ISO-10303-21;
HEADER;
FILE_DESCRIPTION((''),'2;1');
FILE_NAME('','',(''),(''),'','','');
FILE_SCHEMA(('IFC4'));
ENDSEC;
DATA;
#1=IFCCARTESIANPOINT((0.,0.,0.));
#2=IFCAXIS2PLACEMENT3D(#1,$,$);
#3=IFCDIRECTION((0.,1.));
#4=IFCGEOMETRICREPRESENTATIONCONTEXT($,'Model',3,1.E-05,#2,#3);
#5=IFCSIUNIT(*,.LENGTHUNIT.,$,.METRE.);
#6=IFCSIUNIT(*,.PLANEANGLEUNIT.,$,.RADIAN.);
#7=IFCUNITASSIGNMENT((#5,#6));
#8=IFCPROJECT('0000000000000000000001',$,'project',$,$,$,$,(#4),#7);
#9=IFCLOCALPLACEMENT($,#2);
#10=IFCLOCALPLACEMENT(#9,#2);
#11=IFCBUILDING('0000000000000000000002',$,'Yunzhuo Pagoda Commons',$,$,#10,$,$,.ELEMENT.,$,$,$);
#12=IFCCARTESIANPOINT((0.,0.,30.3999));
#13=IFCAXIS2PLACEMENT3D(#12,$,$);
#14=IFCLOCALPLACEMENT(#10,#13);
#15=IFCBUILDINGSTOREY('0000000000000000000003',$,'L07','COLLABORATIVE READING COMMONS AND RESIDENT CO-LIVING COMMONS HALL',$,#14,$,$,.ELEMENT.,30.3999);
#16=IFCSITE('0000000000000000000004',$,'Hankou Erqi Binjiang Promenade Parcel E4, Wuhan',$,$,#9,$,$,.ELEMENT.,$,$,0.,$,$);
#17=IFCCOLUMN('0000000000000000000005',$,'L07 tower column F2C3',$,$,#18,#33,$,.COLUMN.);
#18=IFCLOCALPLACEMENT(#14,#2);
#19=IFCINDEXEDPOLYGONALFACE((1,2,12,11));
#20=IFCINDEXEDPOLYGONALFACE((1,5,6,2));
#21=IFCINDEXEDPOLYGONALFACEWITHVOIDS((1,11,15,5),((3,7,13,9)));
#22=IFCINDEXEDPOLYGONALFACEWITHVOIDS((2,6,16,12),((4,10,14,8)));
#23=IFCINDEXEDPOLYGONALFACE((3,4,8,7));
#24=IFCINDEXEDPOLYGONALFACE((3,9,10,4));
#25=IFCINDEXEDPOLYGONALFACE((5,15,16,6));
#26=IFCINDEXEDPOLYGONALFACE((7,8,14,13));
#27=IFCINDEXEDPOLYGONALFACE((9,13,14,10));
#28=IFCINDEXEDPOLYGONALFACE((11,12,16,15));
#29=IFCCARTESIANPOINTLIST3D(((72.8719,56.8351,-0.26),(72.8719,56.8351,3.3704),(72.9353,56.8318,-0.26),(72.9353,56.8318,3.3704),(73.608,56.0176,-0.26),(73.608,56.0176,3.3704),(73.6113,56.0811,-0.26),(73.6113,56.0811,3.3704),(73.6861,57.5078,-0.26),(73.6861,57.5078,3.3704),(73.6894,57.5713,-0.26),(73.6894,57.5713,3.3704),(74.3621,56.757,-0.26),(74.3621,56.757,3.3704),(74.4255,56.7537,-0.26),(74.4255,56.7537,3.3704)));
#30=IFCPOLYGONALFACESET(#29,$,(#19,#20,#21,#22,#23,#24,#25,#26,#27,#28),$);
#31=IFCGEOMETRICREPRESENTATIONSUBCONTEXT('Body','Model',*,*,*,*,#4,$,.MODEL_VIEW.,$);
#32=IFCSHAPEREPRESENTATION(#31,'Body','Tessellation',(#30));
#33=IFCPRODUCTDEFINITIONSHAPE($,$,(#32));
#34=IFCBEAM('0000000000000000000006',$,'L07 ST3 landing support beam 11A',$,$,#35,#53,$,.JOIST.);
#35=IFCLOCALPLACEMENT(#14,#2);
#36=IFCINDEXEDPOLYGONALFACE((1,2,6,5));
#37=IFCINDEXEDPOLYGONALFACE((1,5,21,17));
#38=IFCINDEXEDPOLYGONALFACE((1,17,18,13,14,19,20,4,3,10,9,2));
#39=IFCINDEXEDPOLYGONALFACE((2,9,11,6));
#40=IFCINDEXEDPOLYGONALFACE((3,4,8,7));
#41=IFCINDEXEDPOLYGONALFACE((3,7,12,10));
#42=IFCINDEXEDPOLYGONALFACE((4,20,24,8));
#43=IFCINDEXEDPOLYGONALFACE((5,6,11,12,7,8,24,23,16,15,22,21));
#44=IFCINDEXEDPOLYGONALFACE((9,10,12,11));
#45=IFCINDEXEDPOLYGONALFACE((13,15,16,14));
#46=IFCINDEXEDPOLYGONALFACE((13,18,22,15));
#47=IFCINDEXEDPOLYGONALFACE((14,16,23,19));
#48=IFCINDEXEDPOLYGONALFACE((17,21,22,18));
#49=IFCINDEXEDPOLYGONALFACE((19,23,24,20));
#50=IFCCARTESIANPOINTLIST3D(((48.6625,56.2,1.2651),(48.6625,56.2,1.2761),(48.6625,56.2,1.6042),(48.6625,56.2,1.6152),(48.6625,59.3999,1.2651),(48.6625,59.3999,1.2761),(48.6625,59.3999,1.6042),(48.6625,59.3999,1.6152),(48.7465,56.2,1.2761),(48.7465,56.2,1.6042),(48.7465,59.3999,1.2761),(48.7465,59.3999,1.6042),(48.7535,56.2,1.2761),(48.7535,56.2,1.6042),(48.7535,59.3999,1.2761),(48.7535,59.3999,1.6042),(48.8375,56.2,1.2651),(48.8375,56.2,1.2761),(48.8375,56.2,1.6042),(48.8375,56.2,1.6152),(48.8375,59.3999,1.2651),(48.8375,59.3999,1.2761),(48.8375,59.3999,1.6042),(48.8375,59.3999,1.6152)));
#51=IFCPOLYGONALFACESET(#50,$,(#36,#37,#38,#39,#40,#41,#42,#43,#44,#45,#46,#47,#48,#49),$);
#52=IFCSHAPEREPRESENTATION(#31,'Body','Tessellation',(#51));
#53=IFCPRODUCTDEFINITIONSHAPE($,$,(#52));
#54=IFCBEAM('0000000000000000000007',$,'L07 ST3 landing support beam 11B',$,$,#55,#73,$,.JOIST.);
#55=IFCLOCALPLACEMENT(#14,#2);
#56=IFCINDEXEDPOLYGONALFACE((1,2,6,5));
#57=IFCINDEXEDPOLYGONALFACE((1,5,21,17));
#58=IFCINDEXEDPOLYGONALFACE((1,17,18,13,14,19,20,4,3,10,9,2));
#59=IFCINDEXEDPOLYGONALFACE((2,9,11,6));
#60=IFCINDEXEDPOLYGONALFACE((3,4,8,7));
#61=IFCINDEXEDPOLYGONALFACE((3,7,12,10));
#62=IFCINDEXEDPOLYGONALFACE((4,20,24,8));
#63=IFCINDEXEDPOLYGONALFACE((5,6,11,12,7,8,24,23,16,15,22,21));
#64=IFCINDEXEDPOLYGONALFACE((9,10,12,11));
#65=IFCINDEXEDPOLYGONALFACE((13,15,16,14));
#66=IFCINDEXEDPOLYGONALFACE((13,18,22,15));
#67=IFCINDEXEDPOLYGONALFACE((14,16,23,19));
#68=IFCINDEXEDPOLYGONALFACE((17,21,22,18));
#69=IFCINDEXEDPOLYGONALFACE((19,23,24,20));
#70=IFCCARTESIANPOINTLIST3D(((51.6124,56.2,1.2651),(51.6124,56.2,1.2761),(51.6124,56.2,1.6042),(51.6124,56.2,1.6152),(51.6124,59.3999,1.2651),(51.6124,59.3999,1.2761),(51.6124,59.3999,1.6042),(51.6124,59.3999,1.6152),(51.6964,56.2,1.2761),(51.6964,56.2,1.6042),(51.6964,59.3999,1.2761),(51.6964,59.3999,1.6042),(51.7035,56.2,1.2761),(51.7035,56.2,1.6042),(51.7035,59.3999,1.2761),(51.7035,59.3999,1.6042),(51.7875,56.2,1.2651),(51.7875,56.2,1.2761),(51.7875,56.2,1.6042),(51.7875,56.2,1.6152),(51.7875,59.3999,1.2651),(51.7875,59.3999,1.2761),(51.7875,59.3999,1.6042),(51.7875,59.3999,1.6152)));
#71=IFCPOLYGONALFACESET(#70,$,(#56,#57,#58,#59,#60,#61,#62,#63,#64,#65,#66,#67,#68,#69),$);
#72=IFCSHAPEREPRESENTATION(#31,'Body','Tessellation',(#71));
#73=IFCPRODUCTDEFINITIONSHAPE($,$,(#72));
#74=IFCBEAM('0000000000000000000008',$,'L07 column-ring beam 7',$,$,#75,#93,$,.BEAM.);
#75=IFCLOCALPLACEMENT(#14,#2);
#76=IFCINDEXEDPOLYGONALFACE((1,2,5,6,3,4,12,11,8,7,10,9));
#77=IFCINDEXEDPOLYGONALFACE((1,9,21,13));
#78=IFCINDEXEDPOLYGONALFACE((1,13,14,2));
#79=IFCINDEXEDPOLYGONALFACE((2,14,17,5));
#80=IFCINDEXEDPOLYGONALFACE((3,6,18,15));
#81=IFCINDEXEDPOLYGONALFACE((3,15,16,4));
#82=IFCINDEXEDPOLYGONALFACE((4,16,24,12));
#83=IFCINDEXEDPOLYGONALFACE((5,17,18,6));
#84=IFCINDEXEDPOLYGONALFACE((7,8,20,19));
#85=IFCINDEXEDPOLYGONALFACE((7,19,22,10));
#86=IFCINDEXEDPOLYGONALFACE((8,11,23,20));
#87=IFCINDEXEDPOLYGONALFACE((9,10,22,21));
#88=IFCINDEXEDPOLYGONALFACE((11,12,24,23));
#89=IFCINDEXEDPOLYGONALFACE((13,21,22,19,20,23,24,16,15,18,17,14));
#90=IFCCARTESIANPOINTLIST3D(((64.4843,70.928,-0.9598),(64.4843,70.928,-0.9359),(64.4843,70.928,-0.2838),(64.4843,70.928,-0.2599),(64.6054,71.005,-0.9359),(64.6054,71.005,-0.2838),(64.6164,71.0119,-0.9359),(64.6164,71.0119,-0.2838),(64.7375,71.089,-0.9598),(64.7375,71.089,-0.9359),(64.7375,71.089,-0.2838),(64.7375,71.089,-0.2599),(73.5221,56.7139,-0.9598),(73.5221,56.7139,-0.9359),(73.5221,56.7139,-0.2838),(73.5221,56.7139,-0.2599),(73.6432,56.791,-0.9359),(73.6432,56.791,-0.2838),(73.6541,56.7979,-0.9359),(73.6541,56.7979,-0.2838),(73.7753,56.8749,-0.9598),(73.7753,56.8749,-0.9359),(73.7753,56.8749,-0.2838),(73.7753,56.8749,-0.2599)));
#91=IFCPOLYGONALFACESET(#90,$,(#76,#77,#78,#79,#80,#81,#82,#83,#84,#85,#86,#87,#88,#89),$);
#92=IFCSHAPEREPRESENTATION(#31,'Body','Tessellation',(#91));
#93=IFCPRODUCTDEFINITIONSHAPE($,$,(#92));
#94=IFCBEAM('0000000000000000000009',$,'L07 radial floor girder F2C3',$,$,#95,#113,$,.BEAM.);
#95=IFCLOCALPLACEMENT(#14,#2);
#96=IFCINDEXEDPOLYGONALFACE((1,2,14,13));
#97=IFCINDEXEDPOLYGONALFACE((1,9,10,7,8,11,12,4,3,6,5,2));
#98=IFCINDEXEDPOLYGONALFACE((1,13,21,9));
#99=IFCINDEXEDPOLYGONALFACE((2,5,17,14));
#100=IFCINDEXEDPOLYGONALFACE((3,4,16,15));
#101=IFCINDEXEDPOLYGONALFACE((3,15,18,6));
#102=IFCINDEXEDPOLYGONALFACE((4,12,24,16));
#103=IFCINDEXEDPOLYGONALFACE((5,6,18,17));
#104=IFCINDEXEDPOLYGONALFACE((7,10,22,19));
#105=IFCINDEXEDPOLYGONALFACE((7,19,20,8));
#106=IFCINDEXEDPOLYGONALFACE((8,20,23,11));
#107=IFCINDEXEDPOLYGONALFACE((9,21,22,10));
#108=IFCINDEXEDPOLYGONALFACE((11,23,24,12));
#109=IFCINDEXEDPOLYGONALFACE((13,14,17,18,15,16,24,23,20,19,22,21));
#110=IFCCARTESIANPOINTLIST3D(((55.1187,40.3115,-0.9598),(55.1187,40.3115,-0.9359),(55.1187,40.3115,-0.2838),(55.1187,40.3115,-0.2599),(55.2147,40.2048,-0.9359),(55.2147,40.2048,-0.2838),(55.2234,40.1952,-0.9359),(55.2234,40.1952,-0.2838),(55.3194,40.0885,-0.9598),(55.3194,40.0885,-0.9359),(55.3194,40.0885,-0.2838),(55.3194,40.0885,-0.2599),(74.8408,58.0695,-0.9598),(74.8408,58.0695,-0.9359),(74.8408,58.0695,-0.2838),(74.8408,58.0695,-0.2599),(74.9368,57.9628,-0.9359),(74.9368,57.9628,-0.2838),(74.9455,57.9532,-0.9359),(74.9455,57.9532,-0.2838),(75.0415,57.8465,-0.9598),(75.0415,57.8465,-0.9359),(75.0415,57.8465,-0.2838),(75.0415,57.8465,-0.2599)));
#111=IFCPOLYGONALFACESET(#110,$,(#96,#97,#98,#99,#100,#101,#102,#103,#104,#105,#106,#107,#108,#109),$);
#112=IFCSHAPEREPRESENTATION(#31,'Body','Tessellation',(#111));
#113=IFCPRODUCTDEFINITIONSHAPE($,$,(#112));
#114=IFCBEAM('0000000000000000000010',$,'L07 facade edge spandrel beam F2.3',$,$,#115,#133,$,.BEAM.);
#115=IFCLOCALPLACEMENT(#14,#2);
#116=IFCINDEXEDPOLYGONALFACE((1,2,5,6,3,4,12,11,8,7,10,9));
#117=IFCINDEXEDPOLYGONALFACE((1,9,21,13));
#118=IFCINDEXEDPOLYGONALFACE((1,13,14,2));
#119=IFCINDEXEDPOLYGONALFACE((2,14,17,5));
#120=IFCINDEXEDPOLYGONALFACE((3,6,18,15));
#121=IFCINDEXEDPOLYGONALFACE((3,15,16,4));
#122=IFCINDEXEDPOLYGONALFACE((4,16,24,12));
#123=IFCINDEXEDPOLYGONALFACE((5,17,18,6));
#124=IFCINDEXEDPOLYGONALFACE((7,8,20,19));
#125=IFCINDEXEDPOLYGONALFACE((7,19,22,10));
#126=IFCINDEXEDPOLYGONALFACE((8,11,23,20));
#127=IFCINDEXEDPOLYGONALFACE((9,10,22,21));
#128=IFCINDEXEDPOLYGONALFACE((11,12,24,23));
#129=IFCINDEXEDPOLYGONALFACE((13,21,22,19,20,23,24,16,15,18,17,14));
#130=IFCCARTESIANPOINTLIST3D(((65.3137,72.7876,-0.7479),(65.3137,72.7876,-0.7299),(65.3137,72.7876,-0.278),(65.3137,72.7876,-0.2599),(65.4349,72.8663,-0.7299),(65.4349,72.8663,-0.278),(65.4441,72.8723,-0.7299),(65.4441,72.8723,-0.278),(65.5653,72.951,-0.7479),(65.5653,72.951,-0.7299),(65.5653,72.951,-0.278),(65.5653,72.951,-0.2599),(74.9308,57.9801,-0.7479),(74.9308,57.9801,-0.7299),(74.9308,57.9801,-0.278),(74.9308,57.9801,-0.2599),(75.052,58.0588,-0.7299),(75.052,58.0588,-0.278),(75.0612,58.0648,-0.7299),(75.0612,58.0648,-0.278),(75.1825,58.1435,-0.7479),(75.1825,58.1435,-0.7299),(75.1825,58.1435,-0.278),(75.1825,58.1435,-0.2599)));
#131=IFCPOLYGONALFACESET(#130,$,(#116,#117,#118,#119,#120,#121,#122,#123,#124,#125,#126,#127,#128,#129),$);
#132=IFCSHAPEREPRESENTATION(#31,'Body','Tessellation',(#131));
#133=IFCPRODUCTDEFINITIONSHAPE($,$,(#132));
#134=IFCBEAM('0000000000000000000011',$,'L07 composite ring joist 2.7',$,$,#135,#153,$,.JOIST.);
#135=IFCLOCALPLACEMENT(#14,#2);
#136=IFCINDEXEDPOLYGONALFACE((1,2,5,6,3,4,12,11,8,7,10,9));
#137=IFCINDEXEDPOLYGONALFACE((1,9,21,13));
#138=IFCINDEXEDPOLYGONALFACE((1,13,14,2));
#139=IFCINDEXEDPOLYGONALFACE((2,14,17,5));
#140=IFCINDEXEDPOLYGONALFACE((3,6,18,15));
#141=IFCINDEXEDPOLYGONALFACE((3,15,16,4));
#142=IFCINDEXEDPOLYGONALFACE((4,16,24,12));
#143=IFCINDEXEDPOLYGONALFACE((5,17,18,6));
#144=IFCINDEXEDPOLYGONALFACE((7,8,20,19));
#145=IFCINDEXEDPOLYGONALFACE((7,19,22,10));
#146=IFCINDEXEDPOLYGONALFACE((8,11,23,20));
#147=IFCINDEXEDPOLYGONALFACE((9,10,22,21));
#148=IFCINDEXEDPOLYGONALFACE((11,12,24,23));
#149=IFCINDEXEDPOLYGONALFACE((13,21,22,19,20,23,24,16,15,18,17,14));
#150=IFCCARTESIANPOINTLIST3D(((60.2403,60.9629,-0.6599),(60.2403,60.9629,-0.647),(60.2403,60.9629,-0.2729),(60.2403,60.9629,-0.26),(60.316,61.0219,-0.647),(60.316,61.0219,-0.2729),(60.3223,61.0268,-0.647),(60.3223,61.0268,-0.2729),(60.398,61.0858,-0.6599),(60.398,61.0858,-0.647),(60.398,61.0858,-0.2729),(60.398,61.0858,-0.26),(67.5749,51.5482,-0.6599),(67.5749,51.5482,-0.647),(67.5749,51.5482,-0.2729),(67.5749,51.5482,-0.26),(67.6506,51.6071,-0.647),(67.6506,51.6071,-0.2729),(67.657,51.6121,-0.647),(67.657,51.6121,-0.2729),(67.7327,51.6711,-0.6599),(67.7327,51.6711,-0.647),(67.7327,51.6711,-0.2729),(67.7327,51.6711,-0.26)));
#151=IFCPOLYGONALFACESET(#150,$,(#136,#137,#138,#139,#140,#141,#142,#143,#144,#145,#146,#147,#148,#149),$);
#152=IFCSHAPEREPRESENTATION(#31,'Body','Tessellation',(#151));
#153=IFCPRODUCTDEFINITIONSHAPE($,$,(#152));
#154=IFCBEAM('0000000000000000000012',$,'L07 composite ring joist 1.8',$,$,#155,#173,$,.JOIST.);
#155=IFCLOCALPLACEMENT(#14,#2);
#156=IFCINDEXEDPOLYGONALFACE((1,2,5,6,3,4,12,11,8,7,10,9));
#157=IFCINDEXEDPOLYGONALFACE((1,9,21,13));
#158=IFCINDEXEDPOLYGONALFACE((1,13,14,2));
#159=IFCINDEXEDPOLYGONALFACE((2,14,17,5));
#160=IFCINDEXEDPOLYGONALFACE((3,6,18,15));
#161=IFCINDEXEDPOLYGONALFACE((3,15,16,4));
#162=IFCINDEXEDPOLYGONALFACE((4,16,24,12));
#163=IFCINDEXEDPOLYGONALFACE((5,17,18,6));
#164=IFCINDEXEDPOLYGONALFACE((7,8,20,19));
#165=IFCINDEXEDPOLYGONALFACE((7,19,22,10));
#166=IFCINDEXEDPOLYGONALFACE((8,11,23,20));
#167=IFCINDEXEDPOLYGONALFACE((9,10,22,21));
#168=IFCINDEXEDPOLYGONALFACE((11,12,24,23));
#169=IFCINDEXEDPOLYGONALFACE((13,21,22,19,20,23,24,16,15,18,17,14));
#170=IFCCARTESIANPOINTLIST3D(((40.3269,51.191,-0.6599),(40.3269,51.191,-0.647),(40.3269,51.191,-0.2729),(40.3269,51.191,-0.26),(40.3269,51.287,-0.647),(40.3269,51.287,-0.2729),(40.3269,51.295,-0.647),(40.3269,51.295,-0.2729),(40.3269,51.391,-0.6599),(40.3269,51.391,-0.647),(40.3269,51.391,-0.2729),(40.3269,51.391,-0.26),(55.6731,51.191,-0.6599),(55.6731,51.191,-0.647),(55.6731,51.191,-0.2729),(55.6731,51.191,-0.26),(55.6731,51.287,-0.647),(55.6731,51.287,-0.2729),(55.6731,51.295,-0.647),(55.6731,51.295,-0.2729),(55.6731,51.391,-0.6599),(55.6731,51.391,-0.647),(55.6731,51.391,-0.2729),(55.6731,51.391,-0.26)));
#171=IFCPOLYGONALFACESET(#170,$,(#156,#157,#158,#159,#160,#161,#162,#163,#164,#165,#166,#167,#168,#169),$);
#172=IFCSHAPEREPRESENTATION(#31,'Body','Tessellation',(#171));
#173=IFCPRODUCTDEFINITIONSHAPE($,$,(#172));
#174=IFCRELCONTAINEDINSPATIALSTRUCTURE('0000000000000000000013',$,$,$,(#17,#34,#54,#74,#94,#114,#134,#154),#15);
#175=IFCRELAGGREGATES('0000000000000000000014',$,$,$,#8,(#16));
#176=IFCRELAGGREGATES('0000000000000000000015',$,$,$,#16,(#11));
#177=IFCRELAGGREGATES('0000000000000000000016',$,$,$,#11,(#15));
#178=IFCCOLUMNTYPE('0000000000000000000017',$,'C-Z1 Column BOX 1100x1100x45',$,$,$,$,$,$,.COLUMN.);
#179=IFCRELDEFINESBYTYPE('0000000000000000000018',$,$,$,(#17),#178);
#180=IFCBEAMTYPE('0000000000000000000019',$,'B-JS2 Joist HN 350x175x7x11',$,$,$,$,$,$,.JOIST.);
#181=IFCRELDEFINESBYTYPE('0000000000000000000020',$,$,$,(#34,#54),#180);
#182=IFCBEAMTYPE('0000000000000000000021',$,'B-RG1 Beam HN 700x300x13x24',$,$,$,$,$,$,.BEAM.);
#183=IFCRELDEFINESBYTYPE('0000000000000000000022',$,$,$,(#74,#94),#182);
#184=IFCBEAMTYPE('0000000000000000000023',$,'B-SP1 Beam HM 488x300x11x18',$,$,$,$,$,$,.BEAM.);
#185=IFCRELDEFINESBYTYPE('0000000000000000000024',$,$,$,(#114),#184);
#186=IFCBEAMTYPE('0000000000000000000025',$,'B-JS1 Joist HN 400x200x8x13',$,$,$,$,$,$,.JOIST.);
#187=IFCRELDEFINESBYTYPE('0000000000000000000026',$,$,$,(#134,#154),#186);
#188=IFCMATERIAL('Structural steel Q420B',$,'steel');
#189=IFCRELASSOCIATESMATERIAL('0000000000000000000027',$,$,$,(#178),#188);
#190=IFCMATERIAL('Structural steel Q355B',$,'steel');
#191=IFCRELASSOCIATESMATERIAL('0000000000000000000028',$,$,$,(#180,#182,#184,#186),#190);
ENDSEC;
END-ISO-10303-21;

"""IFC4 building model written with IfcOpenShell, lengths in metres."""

from ifc_helpers import new_model, si_unit, direction, frame, origin, origin_2d, place, context, subcontext, project, spatial, hollow_rectangle, i_section, extrude, source, transform, mapped, material, material_profile, profile_set, type_object, element, save


model = new_model("IFC4")

# Units and contexts
model_context = context("Model", 3, precision=1e-05, world=origin(), true_north=direction((0.0, 1.0)))
body_context = subcontext(model_context, "Body", "Model", "MODEL_VIEW")
ifc_project = project(units=[si_unit("LENGTHUNIT", "METRE"), si_unit("PLANEANGLEUNIT", "RADIAN")], contexts=[model_context])

# Site, building, storey
site_placement = place(None, origin())
site = spatial("IfcSite", under=ifc_project, at=site_placement, Name="Hankou Erqi Binjiang Promenade Parcel E4, Wuhan", CompositionType="ELEMENT", RefElevation=0.0)
building_placement = place(site_placement, origin())
building = spatial("IfcBuilding", under=site, at=building_placement, Name="Yunzhuo Pagoda Commons", CompositionType="ELEMENT")
storey_placement = place(building_placement, frame((0.0, 0.0, 30.3999)))
storey = spatial("IfcBuildingStorey", under=building, at=storey_placement, Name="L07", Description="COLLABORATIVE READING COMMONS AND RESIDENT CO-LIVING COMMONS HALL", CompositionType="ELEMENT", Elevation=30.3999)

# Column
ifc_material_1 = material(Name="Structural steel Q420B", Category="steel")
ifc_material_profile_1 = material_profile(ifc_material_1, hollow_rectangle(XDim=1.1001, YDim=1.1001, WallThickness=0.0449, at=origin_2d()), Name="Structural steel Q420B")
ifc_profile_set_1 = profile_set([ifc_material_profile_1], Name="Structural steel Q420B")
column_type = type_object("IfcColumnType", Name="C-Z1 Column BOX 1100x1100x45", PredefinedType="COLUMN", material=ifc_profile_set_1)
shared_shape_1 = source(origin(), body_context, "Body", "SweptSolid", [
    extrude(hollow_rectangle(XDim=1.1001, YDim=1.1001, WallThickness=0.0449, at=origin_2d()), origin(), (0.0, 0.0, 1.0), 3.6304),
])
column_placement = place(storey_placement, frame((73.6487, 56.7944, -0.26), z_axis=(0.0, 0.0, 1.0), x_axis=(-0.669131, 0.743145, 0.0)))
element("IfcColumn", 1, at=column_placement, inside=storey, type_object=column_type, Name="L07 tower column F2C3", PredefinedType="COLUMN", context=body_context, shape_type="MappedRepresentation", body=[
    mapped(shared_shape_1, transform((0.0, 0.0, 0.0), scale=1.0)),
])

# Beams
ifc_material_2 = material(Name="Structural steel Q355B", Category="steel")
ifc_material_profile_2 = material_profile(ifc_material_2, i_section(OverallWidth=0.175, OverallDepth=0.3501, WebThickness=0.0071, FlangeThickness=0.011, at=origin_2d()), Name="Structural steel Q355B")
ifc_profile_set_2 = profile_set([ifc_material_profile_2], Name="Structural steel Q355B")
beam_type_1 = type_object("IfcBeamType", Name="B-JS2 Joist HN 350x175x7x11", PredefinedType="JOIST", material=ifc_profile_set_2)
shared_shape_2 = source(origin(), body_context, "Body", "SweptSolid", [
    extrude(i_section(OverallWidth=0.175, OverallDepth=0.3501, WebThickness=0.0071, FlangeThickness=0.011, at=origin_2d()), origin(), (0.0, 0.0, 1.0), 3.2),
])
for number, where, z_axis, x_axis, name in (
    (2, (48.75, 56.2, 1.4402), (0.0, 1.0, 0.0), (-1.0, 0.0, 0.0), "L07 ST3 landing support beam 11A"),
    (3, (51.7, 56.2, 1.4402), (0.0, 1.0, 0.0), (-1.0, 0.0, 0.0), "L07 ST3 landing support beam 11B"),
):
    element("IfcBeam", number, at=place(storey_placement, frame(where, z_axis=z_axis, x_axis=x_axis)), inside=storey, type_object=beam_type_1, Name=name, PredefinedType="JOIST", context=body_context, shape_type="MappedRepresentation", body=[
        mapped(shared_shape_2, transform((0.0, 0.0, 0.0), scale=1.0)),
    ])
ifc_material_profile_3 = material_profile(ifc_material_2, i_section(OverallWidth=0.3, OverallDepth=0.7, WebThickness=0.0129, FlangeThickness=0.0239, at=origin_2d()), Name="Structural steel Q355B")
ifc_profile_set_3 = profile_set([ifc_material_profile_3], Name="Structural steel Q355B")
beam_type_2 = type_object("IfcBeamType", Name="B-RG1 Beam HN 700x300x13x24", PredefinedType="BEAM", material=ifc_profile_set_3)
shared_shape_3 = source(origin(), body_context, "Body", "SweptSolid", [
    extrude(i_section(OverallWidth=0.3, OverallDepth=0.7, WebThickness=0.0129, FlangeThickness=0.0239, at=origin_2d()), origin(), (0.0, 0.0, 1.0), 16.844),
])
beam_1_placement = place(storey_placement, frame((73.6487, 56.7944, -0.6099), z_axis=(-0.536558, 0.843863, 0.0), x_axis=(-0.843863, -0.536558, 0.0)))
element("IfcBeam", 4, at=beam_1_placement, inside=storey, type_object=beam_type_2, Name="L07 column-ring beam 7", PredefinedType="BEAM", context=body_context, shape_type="MappedRepresentation", body=[
    mapped(shared_shape_3, transform((0.0, 0.0, 0.0), scale=1.0)),
])
shared_shape_4 = source(origin(), body_context, "Body", "SweptSolid", [
    extrude(i_section(OverallWidth=0.3, OverallDepth=0.7, WebThickness=0.0129, FlangeThickness=0.0239, at=origin_2d()), origin(), (0.0, 0.0, 1.0), 26.5388),
])
beam_2_placement = place(storey_placement, frame((74.9412, 57.958, -0.6099), z_axis=(-0.743142, -0.669133, 0.0), x_axis=(0.669133, -0.743142, 0.0)))
element("IfcBeam", 5, at=beam_2_placement, inside=storey, type_object=beam_type_2, Name="L07 radial floor girder F2C3", PredefinedType="BEAM", context=body_context, shape_type="MappedRepresentation", body=[
    mapped(shared_shape_4, transform((0.0, 0.0, 0.0), scale=1.0)),
])
ifc_material_profile_4 = material_profile(ifc_material_2, i_section(OverallWidth=0.3, OverallDepth=0.488, WebThickness=0.011, FlangeThickness=0.0181, at=origin_2d()), Name="Structural steel Q355B")
ifc_profile_set_4 = profile_set([ifc_material_profile_4], Name="Structural steel Q355B")
beam_type_3 = type_object("IfcBeamType", Name="B-SP1 Beam HM 488x300x11x18", PredefinedType="BEAM", material=ifc_profile_set_4)
shared_shape_5 = source(origin(), body_context, "Body", "SweptSolid", [
    extrude(i_section(OverallWidth=0.3, OverallDepth=0.488, WebThickness=0.011, FlangeThickness=0.0181, at=origin_2d()), origin(), (0.0, 0.0, 1.0), 17.6565),
])
beam_3_placement = place(storey_placement, frame((75.0566, 58.0618, -0.5039), z_axis=(-0.544679, 0.838644, 0.0), x_axis=(-0.838644, -0.544679, 0.0)))
element("IfcBeam", 6, at=beam_3_placement, inside=storey, type_object=beam_type_3, Name="L07 facade edge spandrel beam F2.3", PredefinedType="BEAM", context=body_context, shape_type="MappedRepresentation", body=[
    mapped(shared_shape_5, transform((0.0, 0.0, 0.0), scale=1.0)),
])
ifc_material_profile_5 = material_profile(ifc_material_2, i_section(OverallWidth=0.2, OverallDepth=0.3999, WebThickness=0.0081, FlangeThickness=0.0129, at=origin_2d()), Name="Structural steel Q355B")
ifc_profile_set_5 = profile_set([ifc_material_profile_5], Name="Structural steel Q355B")
beam_type_4 = type_object("IfcBeamType", Name="B-JS1 Joist HN 400x200x8x13", PredefinedType="JOIST", material=ifc_profile_set_5)
shared_shape_6 = source(origin(), body_context, "Body", "SweptSolid", [
    extrude(i_section(OverallWidth=0.2, OverallDepth=0.3999, WebThickness=0.0081, FlangeThickness=0.0129, at=origin_2d()), origin(), (0.0, 0.0, 1.0), 11.9346),
])
beam_4_placement = place(storey_placement, frame((67.6538, 51.6096, -0.46), z_axis=(-0.614572, 0.788861, 0.0), x_axis=(-0.788861, -0.614572, 0.0)))
element("IfcBeam", 7, at=beam_4_placement, inside=storey, type_object=beam_type_4, Name="L07 composite ring joist 2.7", PredefinedType="JOIST", context=body_context, shape_type="MappedRepresentation", body=[
    mapped(shared_shape_6, transform((0.0, 0.0, 0.0), scale=1.0)),
])
shared_shape_7 = source(origin(), body_context, "Body", "SweptSolid", [
    extrude(i_section(OverallWidth=0.2, OverallDepth=0.3999, WebThickness=0.0081, FlangeThickness=0.0129, at=origin_2d()), origin(), (0.0, 0.0, 1.0), 15.3462),
])
beam_5_placement = place(storey_placement, frame((55.6731, 51.291, -0.46), z_axis=(-1.0, 0.0, 0.0), x_axis=(0.0, -1.0, 0.0)))
element("IfcBeam", 8, at=beam_5_placement, inside=storey, type_object=beam_type_4, Name="L07 composite ring joist 1.8", PredefinedType="JOIST", context=body_context, shape_type="MappedRepresentation", body=[
    mapped(shared_shape_7, transform((0.0, 0.0, 0.0), scale=1.0)),
])

save(model, "model.ifc")
